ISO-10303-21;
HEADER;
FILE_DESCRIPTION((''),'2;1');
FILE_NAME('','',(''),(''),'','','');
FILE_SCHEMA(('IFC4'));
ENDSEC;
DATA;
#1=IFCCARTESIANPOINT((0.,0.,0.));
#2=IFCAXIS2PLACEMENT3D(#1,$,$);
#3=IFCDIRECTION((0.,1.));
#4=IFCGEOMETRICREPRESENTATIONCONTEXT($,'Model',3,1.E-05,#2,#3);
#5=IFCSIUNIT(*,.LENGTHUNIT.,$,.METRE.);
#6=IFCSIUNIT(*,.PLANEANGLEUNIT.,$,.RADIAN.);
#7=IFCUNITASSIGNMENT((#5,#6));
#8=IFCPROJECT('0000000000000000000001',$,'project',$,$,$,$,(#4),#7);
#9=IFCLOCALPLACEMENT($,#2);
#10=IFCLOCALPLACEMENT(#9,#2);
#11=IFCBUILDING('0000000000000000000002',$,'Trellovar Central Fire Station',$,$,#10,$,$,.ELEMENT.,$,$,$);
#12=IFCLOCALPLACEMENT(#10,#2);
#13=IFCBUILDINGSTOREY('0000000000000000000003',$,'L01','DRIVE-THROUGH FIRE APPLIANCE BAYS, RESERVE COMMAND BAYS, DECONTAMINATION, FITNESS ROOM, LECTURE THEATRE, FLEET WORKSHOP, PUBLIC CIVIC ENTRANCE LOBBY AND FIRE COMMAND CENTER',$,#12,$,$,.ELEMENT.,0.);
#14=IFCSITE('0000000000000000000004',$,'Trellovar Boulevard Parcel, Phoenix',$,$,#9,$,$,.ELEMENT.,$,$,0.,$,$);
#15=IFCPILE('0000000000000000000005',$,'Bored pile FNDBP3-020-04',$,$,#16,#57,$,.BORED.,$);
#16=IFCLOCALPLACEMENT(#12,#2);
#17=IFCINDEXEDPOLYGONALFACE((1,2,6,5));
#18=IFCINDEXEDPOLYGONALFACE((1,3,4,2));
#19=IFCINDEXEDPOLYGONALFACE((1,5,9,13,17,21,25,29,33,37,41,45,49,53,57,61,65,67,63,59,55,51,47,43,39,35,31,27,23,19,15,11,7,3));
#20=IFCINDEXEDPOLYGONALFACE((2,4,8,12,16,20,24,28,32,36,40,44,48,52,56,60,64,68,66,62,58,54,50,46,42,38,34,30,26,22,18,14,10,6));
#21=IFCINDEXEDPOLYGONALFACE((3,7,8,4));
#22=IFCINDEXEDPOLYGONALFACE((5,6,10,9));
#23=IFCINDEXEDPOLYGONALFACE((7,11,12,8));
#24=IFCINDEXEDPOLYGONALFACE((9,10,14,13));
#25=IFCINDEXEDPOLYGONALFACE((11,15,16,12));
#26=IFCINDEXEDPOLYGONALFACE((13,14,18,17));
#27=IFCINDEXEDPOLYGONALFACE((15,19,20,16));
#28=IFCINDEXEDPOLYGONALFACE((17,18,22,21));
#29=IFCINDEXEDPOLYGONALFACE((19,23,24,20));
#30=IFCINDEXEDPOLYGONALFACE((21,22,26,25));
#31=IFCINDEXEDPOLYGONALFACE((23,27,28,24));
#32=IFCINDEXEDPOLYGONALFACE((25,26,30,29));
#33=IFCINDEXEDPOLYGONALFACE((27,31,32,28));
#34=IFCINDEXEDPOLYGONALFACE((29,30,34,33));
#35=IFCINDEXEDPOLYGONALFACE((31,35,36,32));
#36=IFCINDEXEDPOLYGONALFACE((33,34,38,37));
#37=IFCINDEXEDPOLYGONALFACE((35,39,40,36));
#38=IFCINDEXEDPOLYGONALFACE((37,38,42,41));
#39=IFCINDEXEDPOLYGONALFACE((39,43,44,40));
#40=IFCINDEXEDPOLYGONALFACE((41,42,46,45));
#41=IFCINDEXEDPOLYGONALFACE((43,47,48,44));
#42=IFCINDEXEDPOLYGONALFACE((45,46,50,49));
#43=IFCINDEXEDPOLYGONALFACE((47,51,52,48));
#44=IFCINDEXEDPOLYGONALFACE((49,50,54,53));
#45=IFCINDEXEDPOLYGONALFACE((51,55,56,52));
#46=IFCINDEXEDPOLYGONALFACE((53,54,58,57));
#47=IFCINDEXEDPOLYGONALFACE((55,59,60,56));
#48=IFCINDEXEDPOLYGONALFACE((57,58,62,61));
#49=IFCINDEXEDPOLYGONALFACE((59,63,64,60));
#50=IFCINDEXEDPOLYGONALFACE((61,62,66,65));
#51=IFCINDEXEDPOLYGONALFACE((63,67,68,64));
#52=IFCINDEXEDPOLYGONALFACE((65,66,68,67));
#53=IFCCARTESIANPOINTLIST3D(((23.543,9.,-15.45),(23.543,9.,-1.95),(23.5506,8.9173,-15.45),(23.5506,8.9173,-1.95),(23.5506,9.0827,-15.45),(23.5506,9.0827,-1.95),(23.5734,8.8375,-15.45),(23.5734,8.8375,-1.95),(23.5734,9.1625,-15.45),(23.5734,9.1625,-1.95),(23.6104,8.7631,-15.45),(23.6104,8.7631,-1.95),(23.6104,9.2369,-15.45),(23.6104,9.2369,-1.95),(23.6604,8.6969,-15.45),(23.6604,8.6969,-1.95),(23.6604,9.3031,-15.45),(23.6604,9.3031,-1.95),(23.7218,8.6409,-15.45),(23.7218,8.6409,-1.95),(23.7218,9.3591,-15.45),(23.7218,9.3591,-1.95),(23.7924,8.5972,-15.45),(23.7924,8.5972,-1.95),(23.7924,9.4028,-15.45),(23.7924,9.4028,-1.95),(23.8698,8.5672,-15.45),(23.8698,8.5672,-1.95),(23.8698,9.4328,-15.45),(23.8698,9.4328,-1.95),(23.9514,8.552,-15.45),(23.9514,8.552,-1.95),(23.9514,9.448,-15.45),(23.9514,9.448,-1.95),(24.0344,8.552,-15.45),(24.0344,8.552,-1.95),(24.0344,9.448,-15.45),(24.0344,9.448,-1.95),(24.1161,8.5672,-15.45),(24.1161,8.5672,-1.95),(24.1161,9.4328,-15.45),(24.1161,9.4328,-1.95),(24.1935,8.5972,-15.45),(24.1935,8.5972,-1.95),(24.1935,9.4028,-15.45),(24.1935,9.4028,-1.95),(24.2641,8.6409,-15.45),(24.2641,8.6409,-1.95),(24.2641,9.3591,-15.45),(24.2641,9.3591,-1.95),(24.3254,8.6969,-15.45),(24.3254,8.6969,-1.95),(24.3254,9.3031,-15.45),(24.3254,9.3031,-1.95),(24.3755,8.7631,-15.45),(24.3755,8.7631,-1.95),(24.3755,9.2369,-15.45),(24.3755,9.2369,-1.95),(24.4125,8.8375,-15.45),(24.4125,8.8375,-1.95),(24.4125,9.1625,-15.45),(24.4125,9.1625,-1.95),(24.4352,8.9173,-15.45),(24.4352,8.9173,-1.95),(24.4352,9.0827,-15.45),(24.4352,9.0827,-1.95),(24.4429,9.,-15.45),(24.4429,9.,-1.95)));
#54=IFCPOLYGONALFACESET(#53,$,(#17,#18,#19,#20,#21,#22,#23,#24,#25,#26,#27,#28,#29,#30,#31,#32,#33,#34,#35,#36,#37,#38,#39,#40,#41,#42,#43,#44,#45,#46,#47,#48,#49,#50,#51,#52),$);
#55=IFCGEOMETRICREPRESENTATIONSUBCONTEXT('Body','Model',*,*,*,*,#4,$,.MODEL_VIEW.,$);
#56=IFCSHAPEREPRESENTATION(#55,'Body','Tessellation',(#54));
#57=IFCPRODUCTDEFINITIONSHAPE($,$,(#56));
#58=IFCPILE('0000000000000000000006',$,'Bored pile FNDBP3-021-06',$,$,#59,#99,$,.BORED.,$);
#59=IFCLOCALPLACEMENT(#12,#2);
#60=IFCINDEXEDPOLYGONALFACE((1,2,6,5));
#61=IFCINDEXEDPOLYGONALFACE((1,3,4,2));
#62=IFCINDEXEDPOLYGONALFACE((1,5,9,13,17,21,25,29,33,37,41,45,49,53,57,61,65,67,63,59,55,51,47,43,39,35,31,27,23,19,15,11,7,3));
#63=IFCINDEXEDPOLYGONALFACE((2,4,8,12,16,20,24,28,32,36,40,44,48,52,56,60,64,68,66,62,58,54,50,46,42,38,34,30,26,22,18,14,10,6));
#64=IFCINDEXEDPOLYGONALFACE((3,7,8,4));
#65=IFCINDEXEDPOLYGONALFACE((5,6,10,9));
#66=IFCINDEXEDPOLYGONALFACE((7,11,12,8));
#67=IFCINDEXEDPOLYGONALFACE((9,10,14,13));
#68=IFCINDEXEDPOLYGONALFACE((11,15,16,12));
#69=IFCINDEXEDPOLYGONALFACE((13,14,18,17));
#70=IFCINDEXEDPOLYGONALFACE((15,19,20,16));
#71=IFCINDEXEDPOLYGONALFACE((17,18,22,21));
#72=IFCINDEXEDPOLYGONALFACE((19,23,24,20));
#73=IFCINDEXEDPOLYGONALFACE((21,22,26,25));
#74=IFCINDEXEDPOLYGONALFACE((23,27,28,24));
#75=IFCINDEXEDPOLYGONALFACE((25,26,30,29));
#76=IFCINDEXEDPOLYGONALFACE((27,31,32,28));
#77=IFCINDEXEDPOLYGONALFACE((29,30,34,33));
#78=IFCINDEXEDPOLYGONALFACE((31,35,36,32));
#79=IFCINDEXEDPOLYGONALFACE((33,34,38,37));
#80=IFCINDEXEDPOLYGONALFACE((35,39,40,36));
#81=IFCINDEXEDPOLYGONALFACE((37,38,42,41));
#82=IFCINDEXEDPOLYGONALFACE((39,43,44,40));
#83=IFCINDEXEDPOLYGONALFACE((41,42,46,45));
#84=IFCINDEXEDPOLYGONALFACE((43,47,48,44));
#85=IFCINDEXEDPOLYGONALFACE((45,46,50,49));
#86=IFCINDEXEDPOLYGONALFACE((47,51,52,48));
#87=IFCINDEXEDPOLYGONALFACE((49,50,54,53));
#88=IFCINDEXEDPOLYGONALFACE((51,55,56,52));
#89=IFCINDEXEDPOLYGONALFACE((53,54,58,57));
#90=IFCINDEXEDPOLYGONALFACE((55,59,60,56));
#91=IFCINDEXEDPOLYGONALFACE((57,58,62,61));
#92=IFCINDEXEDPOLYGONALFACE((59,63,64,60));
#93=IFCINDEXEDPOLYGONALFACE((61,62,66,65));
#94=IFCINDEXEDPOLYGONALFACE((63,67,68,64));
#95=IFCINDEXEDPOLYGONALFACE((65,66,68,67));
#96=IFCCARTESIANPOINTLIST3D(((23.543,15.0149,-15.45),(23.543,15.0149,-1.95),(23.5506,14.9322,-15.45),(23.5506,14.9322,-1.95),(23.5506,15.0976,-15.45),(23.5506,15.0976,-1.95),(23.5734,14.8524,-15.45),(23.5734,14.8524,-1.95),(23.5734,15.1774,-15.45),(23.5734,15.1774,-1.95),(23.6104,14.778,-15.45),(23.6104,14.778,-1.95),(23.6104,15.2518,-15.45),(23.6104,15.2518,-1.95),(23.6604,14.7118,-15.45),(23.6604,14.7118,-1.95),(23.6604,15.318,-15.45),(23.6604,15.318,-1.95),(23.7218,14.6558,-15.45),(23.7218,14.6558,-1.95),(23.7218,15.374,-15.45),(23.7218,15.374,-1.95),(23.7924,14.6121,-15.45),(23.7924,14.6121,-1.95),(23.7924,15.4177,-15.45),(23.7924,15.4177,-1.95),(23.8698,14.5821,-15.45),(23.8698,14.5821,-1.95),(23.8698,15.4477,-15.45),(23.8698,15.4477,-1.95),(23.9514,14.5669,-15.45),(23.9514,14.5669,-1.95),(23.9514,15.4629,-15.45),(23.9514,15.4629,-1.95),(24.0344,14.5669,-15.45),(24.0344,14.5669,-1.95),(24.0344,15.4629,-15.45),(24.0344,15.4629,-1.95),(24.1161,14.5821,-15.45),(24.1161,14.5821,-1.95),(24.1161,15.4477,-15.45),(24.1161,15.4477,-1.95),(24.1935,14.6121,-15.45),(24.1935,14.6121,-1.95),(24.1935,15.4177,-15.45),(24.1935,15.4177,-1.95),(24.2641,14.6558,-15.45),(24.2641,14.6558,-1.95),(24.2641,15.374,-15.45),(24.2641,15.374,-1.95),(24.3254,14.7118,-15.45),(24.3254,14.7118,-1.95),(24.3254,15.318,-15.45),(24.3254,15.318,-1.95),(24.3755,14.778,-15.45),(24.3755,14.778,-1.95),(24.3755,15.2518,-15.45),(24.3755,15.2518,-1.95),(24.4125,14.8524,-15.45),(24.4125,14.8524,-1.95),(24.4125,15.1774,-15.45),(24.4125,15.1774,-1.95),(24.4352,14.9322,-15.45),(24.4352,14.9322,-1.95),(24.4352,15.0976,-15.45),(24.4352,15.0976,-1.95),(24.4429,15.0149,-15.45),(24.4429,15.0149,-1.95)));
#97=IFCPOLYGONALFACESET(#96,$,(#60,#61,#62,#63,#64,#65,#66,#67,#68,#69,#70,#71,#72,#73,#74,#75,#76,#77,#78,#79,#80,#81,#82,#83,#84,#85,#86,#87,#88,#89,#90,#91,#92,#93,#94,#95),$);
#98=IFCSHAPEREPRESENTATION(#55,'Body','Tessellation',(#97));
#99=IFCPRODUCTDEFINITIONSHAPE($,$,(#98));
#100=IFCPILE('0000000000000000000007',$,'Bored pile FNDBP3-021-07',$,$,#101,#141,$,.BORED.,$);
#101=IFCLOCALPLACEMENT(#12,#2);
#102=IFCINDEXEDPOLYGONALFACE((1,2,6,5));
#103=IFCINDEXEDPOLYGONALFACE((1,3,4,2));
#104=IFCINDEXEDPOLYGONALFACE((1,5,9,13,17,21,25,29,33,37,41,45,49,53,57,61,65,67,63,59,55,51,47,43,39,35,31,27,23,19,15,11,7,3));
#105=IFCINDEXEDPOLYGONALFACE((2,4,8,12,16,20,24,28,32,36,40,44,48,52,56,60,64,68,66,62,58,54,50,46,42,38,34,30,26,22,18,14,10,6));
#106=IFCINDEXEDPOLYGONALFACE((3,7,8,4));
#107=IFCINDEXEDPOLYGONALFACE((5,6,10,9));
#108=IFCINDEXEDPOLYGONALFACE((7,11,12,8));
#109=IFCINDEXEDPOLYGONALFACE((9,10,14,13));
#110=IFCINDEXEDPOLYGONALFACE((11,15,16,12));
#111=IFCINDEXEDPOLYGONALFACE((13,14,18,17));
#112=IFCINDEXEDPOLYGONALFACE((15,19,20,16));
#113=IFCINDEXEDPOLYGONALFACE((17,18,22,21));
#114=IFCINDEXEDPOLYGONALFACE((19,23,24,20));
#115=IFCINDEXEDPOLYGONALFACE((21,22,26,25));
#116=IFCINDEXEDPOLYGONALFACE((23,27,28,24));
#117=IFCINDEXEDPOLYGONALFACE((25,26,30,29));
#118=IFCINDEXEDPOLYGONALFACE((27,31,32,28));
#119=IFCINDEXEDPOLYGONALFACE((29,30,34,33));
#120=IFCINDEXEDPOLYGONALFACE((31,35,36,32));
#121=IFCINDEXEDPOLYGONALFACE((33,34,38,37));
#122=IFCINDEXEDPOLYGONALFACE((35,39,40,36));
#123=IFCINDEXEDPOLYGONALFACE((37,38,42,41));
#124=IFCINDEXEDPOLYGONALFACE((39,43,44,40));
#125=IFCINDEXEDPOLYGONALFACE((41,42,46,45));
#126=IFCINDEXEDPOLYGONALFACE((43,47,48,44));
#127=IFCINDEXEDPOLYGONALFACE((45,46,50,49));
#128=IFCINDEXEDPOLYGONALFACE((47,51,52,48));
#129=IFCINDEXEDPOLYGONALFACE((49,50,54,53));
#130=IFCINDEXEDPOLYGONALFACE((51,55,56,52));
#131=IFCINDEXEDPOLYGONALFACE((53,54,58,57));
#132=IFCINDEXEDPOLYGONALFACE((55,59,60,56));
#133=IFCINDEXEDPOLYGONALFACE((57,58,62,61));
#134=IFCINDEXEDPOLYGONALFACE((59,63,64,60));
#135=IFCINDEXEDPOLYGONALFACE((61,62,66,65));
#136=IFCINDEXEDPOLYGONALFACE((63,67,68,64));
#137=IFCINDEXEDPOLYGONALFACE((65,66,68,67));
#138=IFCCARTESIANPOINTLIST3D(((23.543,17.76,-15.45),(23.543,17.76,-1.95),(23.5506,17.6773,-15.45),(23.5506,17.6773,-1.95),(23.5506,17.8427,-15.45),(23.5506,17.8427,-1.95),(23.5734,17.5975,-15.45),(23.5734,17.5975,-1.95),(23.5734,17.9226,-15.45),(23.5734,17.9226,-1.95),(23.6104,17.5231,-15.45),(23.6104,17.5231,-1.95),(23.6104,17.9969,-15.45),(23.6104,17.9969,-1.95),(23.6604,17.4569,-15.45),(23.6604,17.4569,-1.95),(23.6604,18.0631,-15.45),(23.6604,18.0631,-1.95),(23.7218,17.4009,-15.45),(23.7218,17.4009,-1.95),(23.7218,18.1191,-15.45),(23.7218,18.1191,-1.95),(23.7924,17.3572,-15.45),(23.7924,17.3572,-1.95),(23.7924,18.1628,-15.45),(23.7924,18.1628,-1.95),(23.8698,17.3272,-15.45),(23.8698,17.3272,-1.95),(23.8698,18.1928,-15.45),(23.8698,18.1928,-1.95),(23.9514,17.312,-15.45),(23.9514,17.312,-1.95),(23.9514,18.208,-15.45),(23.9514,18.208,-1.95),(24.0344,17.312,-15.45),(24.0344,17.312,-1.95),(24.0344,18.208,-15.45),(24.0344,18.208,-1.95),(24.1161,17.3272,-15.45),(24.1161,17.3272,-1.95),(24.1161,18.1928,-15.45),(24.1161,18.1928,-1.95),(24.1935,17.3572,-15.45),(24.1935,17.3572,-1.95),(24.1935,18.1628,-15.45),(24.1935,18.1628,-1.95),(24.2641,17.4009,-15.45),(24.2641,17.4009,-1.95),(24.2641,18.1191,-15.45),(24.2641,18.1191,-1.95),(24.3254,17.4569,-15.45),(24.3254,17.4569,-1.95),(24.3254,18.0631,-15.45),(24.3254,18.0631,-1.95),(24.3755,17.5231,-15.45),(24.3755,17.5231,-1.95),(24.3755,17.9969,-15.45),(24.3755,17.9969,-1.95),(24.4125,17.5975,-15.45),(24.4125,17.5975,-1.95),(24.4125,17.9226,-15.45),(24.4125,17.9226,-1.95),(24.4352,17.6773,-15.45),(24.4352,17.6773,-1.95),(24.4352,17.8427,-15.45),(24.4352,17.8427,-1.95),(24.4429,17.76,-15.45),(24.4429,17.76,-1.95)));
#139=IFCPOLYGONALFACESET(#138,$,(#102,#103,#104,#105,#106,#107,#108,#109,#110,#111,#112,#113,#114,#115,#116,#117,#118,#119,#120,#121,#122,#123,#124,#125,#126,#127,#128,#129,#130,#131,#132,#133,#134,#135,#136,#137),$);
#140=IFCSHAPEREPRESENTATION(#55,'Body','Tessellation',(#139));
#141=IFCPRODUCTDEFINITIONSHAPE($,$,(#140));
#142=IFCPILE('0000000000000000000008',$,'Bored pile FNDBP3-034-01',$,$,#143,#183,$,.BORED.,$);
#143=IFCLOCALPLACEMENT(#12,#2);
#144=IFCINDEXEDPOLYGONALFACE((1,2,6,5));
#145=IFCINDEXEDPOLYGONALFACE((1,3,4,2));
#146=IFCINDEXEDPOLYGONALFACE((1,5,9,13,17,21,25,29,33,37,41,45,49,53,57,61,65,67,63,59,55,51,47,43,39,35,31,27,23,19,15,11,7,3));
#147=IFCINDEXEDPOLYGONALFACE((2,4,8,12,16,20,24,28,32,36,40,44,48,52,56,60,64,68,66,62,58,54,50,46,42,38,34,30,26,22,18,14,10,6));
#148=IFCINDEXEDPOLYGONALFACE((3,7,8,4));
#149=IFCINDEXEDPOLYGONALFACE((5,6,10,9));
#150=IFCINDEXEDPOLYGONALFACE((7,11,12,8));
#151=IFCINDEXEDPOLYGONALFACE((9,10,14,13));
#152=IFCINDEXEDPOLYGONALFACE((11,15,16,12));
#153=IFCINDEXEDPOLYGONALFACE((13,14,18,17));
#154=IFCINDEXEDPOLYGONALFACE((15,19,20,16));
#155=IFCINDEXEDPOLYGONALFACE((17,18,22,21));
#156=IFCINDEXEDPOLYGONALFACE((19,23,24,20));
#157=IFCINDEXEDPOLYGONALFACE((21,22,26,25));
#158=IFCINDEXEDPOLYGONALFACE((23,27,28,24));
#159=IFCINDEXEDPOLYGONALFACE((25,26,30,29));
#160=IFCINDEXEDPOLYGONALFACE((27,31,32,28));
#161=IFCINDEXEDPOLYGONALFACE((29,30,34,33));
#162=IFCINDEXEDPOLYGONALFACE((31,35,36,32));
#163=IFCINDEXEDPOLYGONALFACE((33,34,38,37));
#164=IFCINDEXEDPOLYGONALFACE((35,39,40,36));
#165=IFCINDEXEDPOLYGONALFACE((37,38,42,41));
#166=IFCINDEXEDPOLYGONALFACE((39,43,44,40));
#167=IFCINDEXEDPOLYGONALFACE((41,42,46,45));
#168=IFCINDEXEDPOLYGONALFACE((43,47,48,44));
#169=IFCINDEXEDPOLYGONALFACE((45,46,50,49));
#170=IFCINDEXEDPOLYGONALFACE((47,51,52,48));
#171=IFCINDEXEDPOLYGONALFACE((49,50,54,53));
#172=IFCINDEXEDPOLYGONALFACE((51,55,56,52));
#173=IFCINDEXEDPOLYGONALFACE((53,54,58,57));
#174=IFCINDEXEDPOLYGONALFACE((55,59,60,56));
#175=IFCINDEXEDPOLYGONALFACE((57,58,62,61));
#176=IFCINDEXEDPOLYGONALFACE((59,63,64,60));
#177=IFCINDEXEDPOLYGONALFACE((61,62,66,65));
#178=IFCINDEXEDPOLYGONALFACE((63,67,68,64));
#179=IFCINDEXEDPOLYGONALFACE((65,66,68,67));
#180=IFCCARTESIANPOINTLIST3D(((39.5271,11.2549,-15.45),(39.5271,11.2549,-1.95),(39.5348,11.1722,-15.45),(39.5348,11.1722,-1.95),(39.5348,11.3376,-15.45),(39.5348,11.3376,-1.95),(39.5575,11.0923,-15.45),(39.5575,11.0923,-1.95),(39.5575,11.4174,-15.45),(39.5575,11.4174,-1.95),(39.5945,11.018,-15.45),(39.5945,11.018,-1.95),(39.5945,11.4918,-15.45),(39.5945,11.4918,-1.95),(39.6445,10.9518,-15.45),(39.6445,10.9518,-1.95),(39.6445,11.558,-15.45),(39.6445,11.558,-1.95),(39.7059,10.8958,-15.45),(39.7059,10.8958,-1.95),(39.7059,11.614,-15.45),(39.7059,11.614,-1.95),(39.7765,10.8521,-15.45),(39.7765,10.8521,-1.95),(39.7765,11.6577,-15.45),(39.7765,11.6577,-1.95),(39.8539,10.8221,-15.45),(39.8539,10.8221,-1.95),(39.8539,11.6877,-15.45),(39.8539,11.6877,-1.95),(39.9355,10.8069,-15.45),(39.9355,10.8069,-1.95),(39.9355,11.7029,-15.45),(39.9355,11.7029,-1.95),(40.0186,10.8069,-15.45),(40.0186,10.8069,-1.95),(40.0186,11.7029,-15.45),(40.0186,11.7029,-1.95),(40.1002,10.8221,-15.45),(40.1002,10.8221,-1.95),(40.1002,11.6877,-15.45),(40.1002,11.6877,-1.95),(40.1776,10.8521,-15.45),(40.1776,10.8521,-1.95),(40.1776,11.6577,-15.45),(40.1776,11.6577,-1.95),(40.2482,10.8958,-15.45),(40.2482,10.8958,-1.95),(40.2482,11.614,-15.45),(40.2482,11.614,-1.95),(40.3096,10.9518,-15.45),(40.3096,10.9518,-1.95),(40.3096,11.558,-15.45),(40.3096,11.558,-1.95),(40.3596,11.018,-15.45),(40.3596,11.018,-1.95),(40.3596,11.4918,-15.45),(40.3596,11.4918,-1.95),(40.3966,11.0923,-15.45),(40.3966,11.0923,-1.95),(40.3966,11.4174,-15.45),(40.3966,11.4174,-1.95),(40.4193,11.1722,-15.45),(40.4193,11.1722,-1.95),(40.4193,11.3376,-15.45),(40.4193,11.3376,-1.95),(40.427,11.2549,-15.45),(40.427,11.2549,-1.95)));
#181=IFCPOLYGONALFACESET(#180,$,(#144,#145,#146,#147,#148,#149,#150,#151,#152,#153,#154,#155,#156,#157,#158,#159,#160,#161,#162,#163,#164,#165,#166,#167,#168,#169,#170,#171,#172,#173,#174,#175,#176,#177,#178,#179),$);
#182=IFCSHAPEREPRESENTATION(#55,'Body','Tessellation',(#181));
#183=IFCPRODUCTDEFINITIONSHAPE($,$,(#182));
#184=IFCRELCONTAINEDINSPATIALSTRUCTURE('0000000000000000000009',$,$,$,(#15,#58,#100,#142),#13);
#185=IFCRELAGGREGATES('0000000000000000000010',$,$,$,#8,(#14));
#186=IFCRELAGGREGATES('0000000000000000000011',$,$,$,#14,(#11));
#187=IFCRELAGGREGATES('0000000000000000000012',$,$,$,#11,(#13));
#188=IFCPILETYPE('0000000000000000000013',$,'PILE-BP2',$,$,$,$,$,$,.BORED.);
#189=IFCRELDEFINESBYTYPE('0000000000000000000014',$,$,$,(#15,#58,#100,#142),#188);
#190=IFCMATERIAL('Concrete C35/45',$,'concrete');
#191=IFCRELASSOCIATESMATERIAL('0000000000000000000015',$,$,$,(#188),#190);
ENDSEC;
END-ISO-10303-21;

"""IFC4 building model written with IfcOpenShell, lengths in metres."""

from ifc_helpers import new_model, si_unit, direction, frame, origin, origin_2d, place, context, subcontext, project, spatial, circle, extrude, material, material_profile, profile_set, type_object, element, save


model = new_model("IFC4")

# Units and contexts
model_context = context("Model", 3, precision=1e-05, world=origin(), true_north=direction((0.0, 1.0)))
body_context = subcontext(model_context, "Body", "Model", "MODEL_VIEW")
ifc_project = project(units=[si_unit("LENGTHUNIT", "METRE"), si_unit("PLANEANGLEUNIT", "RADIAN")], contexts=[model_context])

# Site, building, storey
site_placement = place(None, origin())
site = spatial("IfcSite", under=ifc_project, at=site_placement, Name="Trellovar Boulevard Parcel, Phoenix", CompositionType="ELEMENT", RefElevation=0.0)
building_placement = place(site_placement, origin())
building = spatial("IfcBuilding", under=site, at=building_placement, Name="Trellovar Central Fire Station", CompositionType="ELEMENT")
storey_placement = place(building_placement, origin())
storey = spatial("IfcBuildingStorey", under=building, at=storey_placement, Name="L01", Description="DRIVE-THROUGH FIRE APPLIANCE BAYS, RESERVE COMMAND BAYS, DECONTAMINATION, FITNESS ROOM, LECTURE THEATRE, FLEET WORKSHOP, PUBLIC CIVIC ENTRANCE LOBBY AND FIRE COMMAND CENTER", CompositionType="ELEMENT", Elevation=0.0)

# Piles
ifc_material_1 = material(Name="Concrete C35/45", Category="concrete")
ifc_material_profile_1 = material_profile(ifc_material_1, circle(Radius=0.45, at=origin_2d()), Name="PILE900")
ifc_profile_set_1 = profile_set([ifc_material_profile_1], Name="Concrete C35/45")
pile_type_1 = type_object("IfcPileType", Name="PILE-BP2", PredefinedType="BORED", material=ifc_profile_set_1)
for number, where, z_axis, x_axis, name in (
    (1, (23.9929, 9.0, -1.95), (0.0, 0.0, -1.0), (1.0, 0.0, 0.0), "Bored pile FNDBP3-020-04"),
    (2, (23.9929, 15.0149, -1.95), (0.0, 0.0, -1.0), (1.0, 0.0, 0.0), "Bored pile FNDBP3-021-06"),
    (3, (23.9929, 17.76, -1.95), (0.0, 0.0, -1.0), (1.0, 0.0, 0.0), "Bored pile FNDBP3-021-07"),
    (4, (39.9771, 11.2549, -1.95), (0.0, 0.0, -1.0), (1.0, 0.0, 0.0), "Bored pile FNDBP3-034-01"),
):
    element("IfcPile", number, at=place(storey_placement, frame(where, z_axis=z_axis, x_axis=x_axis)), inside=storey, type_object=pile_type_1, Name=name, PredefinedType="BORED", context=body_context, shape_type="SweptSolid", body=[
        extrude(circle(Radius=0.45, at=origin_2d()), origin(), (0.0, 0.0, 1.0), 13.5),
    ])

save(model, "model.ifc")
